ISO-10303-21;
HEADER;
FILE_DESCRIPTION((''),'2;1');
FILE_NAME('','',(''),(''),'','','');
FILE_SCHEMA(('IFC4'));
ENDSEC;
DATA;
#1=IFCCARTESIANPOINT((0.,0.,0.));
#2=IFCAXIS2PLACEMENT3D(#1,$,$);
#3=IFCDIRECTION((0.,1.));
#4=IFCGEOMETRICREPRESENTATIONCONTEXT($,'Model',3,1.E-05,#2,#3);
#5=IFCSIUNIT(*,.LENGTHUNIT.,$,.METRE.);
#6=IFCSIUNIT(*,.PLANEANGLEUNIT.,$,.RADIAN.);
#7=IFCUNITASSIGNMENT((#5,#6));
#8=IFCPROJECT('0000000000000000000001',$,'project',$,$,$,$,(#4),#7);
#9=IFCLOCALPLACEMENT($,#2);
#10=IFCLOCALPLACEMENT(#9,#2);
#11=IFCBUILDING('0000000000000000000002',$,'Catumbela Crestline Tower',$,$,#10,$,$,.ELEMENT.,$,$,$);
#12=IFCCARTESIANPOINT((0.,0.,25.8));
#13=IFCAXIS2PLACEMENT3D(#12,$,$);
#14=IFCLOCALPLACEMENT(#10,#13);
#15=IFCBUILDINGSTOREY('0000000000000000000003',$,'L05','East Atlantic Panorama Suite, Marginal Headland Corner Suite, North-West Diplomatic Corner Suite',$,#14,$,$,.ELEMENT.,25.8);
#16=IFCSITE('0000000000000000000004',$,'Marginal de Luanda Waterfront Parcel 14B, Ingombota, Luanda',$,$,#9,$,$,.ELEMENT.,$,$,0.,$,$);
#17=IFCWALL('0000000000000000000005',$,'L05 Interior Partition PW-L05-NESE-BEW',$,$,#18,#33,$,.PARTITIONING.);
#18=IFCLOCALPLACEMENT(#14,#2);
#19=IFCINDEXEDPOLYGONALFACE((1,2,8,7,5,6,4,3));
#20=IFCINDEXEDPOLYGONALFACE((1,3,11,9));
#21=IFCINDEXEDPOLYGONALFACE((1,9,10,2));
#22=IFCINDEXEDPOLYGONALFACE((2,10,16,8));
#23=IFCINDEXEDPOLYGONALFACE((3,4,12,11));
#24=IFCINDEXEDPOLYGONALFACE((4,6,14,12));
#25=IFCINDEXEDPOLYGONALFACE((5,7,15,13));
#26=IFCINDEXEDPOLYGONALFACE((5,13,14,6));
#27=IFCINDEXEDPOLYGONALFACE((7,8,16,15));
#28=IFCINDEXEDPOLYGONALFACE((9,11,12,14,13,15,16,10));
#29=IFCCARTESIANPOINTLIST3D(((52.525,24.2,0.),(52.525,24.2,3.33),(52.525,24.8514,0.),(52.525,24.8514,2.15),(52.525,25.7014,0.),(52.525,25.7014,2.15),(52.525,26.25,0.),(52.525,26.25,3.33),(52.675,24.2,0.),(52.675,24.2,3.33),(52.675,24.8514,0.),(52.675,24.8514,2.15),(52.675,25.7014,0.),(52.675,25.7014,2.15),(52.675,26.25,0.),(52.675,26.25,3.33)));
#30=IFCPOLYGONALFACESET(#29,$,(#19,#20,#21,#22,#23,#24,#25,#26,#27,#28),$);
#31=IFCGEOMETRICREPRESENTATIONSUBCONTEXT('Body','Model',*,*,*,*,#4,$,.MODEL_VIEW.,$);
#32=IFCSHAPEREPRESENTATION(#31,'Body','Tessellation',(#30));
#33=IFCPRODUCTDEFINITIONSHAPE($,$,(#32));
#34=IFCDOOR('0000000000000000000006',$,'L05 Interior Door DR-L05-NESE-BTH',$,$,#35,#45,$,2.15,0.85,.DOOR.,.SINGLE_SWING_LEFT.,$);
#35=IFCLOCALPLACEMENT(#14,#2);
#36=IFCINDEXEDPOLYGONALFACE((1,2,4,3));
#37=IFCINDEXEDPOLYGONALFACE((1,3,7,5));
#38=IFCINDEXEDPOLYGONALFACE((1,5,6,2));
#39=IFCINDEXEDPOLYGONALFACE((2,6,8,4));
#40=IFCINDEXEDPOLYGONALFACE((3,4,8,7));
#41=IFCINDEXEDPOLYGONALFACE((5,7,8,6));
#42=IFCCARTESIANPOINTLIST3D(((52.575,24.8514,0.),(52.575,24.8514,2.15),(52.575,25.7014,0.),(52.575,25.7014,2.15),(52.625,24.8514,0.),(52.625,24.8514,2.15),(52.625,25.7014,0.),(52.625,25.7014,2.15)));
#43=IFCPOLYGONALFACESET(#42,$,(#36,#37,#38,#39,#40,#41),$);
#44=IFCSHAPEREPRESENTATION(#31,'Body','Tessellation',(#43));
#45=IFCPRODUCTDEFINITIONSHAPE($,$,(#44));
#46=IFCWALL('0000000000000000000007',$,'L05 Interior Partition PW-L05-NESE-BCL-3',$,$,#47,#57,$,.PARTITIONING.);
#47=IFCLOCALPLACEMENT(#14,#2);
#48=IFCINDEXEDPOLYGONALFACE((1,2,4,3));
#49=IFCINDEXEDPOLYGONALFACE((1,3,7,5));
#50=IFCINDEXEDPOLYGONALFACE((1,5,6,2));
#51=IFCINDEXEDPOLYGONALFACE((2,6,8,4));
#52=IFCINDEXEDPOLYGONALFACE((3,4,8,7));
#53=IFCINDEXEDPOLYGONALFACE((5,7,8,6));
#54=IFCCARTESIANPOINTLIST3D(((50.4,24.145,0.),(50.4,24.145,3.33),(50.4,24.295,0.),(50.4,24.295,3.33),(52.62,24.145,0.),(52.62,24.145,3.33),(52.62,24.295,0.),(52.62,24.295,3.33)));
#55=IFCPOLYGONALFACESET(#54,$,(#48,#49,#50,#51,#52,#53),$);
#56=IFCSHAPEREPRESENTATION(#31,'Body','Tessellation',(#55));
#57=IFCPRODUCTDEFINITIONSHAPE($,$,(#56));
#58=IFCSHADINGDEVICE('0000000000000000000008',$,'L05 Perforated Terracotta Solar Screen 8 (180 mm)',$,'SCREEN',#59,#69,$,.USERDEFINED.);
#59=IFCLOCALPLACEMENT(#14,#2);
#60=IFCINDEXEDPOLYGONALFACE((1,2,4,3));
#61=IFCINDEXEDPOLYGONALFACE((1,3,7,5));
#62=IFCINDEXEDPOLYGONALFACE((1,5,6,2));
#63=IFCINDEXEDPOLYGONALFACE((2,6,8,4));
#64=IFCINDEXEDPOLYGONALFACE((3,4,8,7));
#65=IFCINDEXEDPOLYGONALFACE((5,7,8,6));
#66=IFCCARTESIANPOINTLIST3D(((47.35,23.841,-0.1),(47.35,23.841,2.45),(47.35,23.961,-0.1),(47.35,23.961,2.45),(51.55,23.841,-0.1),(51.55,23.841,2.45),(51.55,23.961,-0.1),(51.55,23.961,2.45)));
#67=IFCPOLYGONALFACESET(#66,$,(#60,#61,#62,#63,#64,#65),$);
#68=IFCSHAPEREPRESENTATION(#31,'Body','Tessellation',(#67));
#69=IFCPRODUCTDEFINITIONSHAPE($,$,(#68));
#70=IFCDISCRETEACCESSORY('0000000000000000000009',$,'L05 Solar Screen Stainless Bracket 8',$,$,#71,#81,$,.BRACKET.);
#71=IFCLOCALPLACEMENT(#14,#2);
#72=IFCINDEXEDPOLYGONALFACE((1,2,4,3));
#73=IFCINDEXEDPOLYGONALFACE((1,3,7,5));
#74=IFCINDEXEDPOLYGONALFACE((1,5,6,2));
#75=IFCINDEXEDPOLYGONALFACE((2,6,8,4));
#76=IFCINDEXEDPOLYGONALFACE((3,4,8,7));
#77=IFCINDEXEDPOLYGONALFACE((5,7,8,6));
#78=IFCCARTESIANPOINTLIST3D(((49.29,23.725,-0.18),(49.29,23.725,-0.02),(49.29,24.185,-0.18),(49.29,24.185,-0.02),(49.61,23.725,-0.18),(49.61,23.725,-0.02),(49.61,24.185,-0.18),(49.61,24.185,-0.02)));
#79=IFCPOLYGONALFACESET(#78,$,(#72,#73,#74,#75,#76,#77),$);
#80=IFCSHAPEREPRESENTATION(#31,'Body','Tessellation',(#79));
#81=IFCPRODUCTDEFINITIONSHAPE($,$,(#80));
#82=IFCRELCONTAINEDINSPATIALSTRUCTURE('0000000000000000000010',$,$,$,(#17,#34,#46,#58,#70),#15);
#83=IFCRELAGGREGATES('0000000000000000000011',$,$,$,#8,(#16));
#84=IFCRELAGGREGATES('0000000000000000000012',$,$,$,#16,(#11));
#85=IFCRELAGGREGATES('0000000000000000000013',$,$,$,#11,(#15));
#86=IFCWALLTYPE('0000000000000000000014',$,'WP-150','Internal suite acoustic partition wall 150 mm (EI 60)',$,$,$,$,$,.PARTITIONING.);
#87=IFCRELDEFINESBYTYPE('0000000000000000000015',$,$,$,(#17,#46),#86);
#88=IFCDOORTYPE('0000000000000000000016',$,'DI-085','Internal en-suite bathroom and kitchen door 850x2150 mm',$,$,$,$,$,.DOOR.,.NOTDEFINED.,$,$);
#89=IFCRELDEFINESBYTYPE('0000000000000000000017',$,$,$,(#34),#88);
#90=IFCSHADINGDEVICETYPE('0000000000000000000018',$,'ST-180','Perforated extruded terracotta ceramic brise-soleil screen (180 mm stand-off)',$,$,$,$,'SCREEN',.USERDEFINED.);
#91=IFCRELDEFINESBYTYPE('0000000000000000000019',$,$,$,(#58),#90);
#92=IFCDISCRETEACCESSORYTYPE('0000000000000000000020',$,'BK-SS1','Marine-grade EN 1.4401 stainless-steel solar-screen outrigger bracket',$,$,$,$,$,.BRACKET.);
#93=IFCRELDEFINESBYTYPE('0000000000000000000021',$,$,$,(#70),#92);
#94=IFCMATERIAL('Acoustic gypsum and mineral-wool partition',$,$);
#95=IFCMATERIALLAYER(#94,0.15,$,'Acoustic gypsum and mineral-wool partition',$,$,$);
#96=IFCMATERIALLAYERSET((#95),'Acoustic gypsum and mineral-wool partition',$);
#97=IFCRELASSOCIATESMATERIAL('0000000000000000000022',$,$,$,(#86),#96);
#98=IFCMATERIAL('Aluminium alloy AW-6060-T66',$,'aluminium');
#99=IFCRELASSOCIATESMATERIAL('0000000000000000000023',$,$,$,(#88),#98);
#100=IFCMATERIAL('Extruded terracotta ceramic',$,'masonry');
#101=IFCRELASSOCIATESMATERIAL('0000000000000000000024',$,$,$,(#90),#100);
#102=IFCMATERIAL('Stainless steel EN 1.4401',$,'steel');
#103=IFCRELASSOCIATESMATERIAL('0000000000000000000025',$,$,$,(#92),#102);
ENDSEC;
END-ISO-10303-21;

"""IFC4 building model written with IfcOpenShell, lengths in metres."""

from ifc_helpers import new_model, si_unit, direction, frame, frame_2d, origin, origin_2d, place, context, subcontext, project, spatial, rectangle, extrude, material, layer, layer_set, type_object, element, fill, save


model = new_model("IFC4")

# Units and contexts
model_context = context("Model", 3, precision=1e-05, world=origin(), true_north=direction((0.0, 1.0)))
body_context = subcontext(model_context, "Body", "Model", "MODEL_VIEW")
ifc_project = project(units=[si_unit("LENGTHUNIT", "METRE"), si_unit("PLANEANGLEUNIT", "RADIAN")], contexts=[model_context])

# Site, building, storey
site_placement = place(None, origin())
site = spatial("IfcSite", under=ifc_project, at=site_placement, Name="Marginal de Luanda Waterfront Parcel 14B, Ingombota, Luanda", CompositionType="ELEMENT", RefElevation=0.0)
building_placement = place(site_placement, origin())
building = spatial("IfcBuilding", under=site, at=building_placement, Name="Catumbela Crestline Tower", CompositionType="ELEMENT")
storey_placement = place(building_placement, frame((0.0, 0.0, 25.8)))
storey = spatial("IfcBuildingStorey", under=building, at=storey_placement, Name="L05", Description="East Atlantic Panorama Suite, Marginal Headland Corner Suite, North-West Diplomatic Corner Suite", CompositionType="ELEMENT", Elevation=25.8)

# Shared definitions
ifc_material_1 = material(Name="Aluminium alloy AW-6060-T66", Category="aluminium")

# Shared definitions
ifc_material_2 = material(Name="Acoustic gypsum and mineral-wool partition")

# Shared definitions
ifc_layer_1 = layer(ifc_material_2, 0.15, Name="Acoustic gypsum and mineral-wool partition")
ifc_layer_set_1 = layer_set([ifc_layer_1], Name="Acoustic gypsum and mineral-wool partition")
wall_type_1 = type_object("IfcWallType", Name="WP-150", Description="Internal suite acoustic partition wall 150 mm (EI 60)", PredefinedType="PARTITIONING", material=ifc_layer_set_1)

# Shared definitions
door_type_1 = type_object("IfcDoorType", Name="DI-085", Description="Internal en-suite bathroom and kitchen door 850x2150 mm", OperationType="NOTDEFINED", PredefinedType="DOOR", material=ifc_material_1)

# Wall, opening, door
wall_1_placement = place(storey_placement, frame((52.6, 24.2, 0.0), z_axis=(0.0, 0.0, 1.0), x_axis=(0.0, 1.0, 0.0)))
wall_1 = element("IfcWall", 1, at=wall_1_placement, inside=storey, type_object=wall_type_1, Name="L05 Interior Partition PW-L05-NESE-BEW", PredefinedType="PARTITIONING", context=body_context, shape_type="SweptSolid", body=[
    extrude(rectangle(XDim=2.05, YDim=0.15, at=frame_2d((1.025, 0.0))), origin(), (0.0, 0.0, 1.0), 3.33),
])
opening_1_placement = place(wall_1_placement, frame((0.6514, 0.0, 0.0)))
opening_1 = element("IfcOpeningElement", 2, at=opening_1_placement, cuts=wall_1, PredefinedType="OPENING", context=body_context, shape_type="SweptSolid", body=[
    extrude(rectangle(XDim=0.85, YDim=2.15, at=frame_2d((0.425, 1.075))), frame((0.0, 0.085, 0.0), z_axis=(0.0, -1.0, 0.0), x_axis=(1.0, 0.0, 0.0)), (0.0, 0.0, 1.0), 0.17),
])
door_1_placement = place(opening_1_placement, origin())
door_1 = element("IfcDoor", 3, at=door_1_placement, inside=storey, type_object=door_type_1, Name="L05 Interior Door DR-L05-NESE-BTH", OperationType="SINGLE_SWING_LEFT", OverallHeight=2.15, OverallWidth=0.85, PredefinedType="DOOR", context=body_context, shape_type="SweptSolid", body=[
    extrude(rectangle(XDim=0.85, YDim=2.15, at=frame_2d((0.425, 1.075))), frame((0.0, 0.025, 0.0), z_axis=(0.0, -1.0, 0.0), x_axis=(1.0, 0.0, 0.0)), (0.0, 0.0, 1.0), 0.05),
])
fill(opening_1, door_1)

# Wall
wall_2_placement = place(storey_placement, frame((52.62, 24.22, 0.0), z_axis=(0.0, 0.0, 1.0), x_axis=(-1.0, 0.0, 0.0)))
element("IfcWall", 4, at=wall_2_placement, inside=storey, type_object=wall_type_1, Name="L05 Interior Partition PW-L05-NESE-BCL-3", PredefinedType="PARTITIONING", context=body_context, shape_type="SweptSolid", body=[
    extrude(rectangle(XDim=2.22, YDim=0.15, at=frame_2d((1.11, 0.0))), origin(), (0.0, 0.0, 1.0), 3.33),
])

# Shading device
ifc_material_3 = material(Name="Extruded terracotta ceramic", Category="masonry")
shading_device_type = type_object("IfcShadingDeviceType", Name="ST-180", Description="Perforated extruded terracotta ceramic brise-soleil screen (180 mm stand-off)", ElementType="SCREEN", PredefinedType="USERDEFINED", material=ifc_material_3)
shading_device_placement = place(storey_placement, frame((49.45, 23.901, -0.1), z_axis=(0.0, 0.0, 1.0), x_axis=(1.0, 0.0, 0.0)))
element("IfcShadingDevice", 5, at=shading_device_placement, inside=storey, type_object=shading_device_type, Name="L05 Perforated Terracotta Solar Screen 8 (180 mm)", ObjectType="SCREEN", PredefinedType="USERDEFINED", context=body_context, shape_type="SweptSolid", body=[
    extrude(rectangle(XDim=4.2, YDim=0.12, at=origin_2d()), origin(), (0.0, 0.0, 1.0), 2.55),
])

# Discrete accessory
ifc_material_4 = material(Name="Stainless steel EN 1.4401", Category="steel")
discrete_accessory_type = type_object("IfcDiscreteAccessoryType", Name="BK-SS1", Description="Marine-grade EN 1.4401 stainless-steel solar-screen outrigger bracket", PredefinedType="BRACKET", material=ifc_material_4)
discrete_accessory_placement = place(storey_placement, frame((49.45, 23.955, -0.18), z_axis=(0.0, 0.0, 1.0), x_axis=(1.0, 0.0, 0.0)))
element("IfcDiscreteAccessory", 6, at=discrete_accessory_placement, inside=storey, type_object=discrete_accessory_type, Name="L05 Solar Screen Stainless Bracket 8", PredefinedType="BRACKET", context=body_context, shape_type="SweptSolid", body=[
    extrude(rectangle(XDim=0.32, YDim=0.46, at=origin_2d()), origin(), (0.0, 0.0, 1.0), 0.16),
])

save(model, "model.ifc")
